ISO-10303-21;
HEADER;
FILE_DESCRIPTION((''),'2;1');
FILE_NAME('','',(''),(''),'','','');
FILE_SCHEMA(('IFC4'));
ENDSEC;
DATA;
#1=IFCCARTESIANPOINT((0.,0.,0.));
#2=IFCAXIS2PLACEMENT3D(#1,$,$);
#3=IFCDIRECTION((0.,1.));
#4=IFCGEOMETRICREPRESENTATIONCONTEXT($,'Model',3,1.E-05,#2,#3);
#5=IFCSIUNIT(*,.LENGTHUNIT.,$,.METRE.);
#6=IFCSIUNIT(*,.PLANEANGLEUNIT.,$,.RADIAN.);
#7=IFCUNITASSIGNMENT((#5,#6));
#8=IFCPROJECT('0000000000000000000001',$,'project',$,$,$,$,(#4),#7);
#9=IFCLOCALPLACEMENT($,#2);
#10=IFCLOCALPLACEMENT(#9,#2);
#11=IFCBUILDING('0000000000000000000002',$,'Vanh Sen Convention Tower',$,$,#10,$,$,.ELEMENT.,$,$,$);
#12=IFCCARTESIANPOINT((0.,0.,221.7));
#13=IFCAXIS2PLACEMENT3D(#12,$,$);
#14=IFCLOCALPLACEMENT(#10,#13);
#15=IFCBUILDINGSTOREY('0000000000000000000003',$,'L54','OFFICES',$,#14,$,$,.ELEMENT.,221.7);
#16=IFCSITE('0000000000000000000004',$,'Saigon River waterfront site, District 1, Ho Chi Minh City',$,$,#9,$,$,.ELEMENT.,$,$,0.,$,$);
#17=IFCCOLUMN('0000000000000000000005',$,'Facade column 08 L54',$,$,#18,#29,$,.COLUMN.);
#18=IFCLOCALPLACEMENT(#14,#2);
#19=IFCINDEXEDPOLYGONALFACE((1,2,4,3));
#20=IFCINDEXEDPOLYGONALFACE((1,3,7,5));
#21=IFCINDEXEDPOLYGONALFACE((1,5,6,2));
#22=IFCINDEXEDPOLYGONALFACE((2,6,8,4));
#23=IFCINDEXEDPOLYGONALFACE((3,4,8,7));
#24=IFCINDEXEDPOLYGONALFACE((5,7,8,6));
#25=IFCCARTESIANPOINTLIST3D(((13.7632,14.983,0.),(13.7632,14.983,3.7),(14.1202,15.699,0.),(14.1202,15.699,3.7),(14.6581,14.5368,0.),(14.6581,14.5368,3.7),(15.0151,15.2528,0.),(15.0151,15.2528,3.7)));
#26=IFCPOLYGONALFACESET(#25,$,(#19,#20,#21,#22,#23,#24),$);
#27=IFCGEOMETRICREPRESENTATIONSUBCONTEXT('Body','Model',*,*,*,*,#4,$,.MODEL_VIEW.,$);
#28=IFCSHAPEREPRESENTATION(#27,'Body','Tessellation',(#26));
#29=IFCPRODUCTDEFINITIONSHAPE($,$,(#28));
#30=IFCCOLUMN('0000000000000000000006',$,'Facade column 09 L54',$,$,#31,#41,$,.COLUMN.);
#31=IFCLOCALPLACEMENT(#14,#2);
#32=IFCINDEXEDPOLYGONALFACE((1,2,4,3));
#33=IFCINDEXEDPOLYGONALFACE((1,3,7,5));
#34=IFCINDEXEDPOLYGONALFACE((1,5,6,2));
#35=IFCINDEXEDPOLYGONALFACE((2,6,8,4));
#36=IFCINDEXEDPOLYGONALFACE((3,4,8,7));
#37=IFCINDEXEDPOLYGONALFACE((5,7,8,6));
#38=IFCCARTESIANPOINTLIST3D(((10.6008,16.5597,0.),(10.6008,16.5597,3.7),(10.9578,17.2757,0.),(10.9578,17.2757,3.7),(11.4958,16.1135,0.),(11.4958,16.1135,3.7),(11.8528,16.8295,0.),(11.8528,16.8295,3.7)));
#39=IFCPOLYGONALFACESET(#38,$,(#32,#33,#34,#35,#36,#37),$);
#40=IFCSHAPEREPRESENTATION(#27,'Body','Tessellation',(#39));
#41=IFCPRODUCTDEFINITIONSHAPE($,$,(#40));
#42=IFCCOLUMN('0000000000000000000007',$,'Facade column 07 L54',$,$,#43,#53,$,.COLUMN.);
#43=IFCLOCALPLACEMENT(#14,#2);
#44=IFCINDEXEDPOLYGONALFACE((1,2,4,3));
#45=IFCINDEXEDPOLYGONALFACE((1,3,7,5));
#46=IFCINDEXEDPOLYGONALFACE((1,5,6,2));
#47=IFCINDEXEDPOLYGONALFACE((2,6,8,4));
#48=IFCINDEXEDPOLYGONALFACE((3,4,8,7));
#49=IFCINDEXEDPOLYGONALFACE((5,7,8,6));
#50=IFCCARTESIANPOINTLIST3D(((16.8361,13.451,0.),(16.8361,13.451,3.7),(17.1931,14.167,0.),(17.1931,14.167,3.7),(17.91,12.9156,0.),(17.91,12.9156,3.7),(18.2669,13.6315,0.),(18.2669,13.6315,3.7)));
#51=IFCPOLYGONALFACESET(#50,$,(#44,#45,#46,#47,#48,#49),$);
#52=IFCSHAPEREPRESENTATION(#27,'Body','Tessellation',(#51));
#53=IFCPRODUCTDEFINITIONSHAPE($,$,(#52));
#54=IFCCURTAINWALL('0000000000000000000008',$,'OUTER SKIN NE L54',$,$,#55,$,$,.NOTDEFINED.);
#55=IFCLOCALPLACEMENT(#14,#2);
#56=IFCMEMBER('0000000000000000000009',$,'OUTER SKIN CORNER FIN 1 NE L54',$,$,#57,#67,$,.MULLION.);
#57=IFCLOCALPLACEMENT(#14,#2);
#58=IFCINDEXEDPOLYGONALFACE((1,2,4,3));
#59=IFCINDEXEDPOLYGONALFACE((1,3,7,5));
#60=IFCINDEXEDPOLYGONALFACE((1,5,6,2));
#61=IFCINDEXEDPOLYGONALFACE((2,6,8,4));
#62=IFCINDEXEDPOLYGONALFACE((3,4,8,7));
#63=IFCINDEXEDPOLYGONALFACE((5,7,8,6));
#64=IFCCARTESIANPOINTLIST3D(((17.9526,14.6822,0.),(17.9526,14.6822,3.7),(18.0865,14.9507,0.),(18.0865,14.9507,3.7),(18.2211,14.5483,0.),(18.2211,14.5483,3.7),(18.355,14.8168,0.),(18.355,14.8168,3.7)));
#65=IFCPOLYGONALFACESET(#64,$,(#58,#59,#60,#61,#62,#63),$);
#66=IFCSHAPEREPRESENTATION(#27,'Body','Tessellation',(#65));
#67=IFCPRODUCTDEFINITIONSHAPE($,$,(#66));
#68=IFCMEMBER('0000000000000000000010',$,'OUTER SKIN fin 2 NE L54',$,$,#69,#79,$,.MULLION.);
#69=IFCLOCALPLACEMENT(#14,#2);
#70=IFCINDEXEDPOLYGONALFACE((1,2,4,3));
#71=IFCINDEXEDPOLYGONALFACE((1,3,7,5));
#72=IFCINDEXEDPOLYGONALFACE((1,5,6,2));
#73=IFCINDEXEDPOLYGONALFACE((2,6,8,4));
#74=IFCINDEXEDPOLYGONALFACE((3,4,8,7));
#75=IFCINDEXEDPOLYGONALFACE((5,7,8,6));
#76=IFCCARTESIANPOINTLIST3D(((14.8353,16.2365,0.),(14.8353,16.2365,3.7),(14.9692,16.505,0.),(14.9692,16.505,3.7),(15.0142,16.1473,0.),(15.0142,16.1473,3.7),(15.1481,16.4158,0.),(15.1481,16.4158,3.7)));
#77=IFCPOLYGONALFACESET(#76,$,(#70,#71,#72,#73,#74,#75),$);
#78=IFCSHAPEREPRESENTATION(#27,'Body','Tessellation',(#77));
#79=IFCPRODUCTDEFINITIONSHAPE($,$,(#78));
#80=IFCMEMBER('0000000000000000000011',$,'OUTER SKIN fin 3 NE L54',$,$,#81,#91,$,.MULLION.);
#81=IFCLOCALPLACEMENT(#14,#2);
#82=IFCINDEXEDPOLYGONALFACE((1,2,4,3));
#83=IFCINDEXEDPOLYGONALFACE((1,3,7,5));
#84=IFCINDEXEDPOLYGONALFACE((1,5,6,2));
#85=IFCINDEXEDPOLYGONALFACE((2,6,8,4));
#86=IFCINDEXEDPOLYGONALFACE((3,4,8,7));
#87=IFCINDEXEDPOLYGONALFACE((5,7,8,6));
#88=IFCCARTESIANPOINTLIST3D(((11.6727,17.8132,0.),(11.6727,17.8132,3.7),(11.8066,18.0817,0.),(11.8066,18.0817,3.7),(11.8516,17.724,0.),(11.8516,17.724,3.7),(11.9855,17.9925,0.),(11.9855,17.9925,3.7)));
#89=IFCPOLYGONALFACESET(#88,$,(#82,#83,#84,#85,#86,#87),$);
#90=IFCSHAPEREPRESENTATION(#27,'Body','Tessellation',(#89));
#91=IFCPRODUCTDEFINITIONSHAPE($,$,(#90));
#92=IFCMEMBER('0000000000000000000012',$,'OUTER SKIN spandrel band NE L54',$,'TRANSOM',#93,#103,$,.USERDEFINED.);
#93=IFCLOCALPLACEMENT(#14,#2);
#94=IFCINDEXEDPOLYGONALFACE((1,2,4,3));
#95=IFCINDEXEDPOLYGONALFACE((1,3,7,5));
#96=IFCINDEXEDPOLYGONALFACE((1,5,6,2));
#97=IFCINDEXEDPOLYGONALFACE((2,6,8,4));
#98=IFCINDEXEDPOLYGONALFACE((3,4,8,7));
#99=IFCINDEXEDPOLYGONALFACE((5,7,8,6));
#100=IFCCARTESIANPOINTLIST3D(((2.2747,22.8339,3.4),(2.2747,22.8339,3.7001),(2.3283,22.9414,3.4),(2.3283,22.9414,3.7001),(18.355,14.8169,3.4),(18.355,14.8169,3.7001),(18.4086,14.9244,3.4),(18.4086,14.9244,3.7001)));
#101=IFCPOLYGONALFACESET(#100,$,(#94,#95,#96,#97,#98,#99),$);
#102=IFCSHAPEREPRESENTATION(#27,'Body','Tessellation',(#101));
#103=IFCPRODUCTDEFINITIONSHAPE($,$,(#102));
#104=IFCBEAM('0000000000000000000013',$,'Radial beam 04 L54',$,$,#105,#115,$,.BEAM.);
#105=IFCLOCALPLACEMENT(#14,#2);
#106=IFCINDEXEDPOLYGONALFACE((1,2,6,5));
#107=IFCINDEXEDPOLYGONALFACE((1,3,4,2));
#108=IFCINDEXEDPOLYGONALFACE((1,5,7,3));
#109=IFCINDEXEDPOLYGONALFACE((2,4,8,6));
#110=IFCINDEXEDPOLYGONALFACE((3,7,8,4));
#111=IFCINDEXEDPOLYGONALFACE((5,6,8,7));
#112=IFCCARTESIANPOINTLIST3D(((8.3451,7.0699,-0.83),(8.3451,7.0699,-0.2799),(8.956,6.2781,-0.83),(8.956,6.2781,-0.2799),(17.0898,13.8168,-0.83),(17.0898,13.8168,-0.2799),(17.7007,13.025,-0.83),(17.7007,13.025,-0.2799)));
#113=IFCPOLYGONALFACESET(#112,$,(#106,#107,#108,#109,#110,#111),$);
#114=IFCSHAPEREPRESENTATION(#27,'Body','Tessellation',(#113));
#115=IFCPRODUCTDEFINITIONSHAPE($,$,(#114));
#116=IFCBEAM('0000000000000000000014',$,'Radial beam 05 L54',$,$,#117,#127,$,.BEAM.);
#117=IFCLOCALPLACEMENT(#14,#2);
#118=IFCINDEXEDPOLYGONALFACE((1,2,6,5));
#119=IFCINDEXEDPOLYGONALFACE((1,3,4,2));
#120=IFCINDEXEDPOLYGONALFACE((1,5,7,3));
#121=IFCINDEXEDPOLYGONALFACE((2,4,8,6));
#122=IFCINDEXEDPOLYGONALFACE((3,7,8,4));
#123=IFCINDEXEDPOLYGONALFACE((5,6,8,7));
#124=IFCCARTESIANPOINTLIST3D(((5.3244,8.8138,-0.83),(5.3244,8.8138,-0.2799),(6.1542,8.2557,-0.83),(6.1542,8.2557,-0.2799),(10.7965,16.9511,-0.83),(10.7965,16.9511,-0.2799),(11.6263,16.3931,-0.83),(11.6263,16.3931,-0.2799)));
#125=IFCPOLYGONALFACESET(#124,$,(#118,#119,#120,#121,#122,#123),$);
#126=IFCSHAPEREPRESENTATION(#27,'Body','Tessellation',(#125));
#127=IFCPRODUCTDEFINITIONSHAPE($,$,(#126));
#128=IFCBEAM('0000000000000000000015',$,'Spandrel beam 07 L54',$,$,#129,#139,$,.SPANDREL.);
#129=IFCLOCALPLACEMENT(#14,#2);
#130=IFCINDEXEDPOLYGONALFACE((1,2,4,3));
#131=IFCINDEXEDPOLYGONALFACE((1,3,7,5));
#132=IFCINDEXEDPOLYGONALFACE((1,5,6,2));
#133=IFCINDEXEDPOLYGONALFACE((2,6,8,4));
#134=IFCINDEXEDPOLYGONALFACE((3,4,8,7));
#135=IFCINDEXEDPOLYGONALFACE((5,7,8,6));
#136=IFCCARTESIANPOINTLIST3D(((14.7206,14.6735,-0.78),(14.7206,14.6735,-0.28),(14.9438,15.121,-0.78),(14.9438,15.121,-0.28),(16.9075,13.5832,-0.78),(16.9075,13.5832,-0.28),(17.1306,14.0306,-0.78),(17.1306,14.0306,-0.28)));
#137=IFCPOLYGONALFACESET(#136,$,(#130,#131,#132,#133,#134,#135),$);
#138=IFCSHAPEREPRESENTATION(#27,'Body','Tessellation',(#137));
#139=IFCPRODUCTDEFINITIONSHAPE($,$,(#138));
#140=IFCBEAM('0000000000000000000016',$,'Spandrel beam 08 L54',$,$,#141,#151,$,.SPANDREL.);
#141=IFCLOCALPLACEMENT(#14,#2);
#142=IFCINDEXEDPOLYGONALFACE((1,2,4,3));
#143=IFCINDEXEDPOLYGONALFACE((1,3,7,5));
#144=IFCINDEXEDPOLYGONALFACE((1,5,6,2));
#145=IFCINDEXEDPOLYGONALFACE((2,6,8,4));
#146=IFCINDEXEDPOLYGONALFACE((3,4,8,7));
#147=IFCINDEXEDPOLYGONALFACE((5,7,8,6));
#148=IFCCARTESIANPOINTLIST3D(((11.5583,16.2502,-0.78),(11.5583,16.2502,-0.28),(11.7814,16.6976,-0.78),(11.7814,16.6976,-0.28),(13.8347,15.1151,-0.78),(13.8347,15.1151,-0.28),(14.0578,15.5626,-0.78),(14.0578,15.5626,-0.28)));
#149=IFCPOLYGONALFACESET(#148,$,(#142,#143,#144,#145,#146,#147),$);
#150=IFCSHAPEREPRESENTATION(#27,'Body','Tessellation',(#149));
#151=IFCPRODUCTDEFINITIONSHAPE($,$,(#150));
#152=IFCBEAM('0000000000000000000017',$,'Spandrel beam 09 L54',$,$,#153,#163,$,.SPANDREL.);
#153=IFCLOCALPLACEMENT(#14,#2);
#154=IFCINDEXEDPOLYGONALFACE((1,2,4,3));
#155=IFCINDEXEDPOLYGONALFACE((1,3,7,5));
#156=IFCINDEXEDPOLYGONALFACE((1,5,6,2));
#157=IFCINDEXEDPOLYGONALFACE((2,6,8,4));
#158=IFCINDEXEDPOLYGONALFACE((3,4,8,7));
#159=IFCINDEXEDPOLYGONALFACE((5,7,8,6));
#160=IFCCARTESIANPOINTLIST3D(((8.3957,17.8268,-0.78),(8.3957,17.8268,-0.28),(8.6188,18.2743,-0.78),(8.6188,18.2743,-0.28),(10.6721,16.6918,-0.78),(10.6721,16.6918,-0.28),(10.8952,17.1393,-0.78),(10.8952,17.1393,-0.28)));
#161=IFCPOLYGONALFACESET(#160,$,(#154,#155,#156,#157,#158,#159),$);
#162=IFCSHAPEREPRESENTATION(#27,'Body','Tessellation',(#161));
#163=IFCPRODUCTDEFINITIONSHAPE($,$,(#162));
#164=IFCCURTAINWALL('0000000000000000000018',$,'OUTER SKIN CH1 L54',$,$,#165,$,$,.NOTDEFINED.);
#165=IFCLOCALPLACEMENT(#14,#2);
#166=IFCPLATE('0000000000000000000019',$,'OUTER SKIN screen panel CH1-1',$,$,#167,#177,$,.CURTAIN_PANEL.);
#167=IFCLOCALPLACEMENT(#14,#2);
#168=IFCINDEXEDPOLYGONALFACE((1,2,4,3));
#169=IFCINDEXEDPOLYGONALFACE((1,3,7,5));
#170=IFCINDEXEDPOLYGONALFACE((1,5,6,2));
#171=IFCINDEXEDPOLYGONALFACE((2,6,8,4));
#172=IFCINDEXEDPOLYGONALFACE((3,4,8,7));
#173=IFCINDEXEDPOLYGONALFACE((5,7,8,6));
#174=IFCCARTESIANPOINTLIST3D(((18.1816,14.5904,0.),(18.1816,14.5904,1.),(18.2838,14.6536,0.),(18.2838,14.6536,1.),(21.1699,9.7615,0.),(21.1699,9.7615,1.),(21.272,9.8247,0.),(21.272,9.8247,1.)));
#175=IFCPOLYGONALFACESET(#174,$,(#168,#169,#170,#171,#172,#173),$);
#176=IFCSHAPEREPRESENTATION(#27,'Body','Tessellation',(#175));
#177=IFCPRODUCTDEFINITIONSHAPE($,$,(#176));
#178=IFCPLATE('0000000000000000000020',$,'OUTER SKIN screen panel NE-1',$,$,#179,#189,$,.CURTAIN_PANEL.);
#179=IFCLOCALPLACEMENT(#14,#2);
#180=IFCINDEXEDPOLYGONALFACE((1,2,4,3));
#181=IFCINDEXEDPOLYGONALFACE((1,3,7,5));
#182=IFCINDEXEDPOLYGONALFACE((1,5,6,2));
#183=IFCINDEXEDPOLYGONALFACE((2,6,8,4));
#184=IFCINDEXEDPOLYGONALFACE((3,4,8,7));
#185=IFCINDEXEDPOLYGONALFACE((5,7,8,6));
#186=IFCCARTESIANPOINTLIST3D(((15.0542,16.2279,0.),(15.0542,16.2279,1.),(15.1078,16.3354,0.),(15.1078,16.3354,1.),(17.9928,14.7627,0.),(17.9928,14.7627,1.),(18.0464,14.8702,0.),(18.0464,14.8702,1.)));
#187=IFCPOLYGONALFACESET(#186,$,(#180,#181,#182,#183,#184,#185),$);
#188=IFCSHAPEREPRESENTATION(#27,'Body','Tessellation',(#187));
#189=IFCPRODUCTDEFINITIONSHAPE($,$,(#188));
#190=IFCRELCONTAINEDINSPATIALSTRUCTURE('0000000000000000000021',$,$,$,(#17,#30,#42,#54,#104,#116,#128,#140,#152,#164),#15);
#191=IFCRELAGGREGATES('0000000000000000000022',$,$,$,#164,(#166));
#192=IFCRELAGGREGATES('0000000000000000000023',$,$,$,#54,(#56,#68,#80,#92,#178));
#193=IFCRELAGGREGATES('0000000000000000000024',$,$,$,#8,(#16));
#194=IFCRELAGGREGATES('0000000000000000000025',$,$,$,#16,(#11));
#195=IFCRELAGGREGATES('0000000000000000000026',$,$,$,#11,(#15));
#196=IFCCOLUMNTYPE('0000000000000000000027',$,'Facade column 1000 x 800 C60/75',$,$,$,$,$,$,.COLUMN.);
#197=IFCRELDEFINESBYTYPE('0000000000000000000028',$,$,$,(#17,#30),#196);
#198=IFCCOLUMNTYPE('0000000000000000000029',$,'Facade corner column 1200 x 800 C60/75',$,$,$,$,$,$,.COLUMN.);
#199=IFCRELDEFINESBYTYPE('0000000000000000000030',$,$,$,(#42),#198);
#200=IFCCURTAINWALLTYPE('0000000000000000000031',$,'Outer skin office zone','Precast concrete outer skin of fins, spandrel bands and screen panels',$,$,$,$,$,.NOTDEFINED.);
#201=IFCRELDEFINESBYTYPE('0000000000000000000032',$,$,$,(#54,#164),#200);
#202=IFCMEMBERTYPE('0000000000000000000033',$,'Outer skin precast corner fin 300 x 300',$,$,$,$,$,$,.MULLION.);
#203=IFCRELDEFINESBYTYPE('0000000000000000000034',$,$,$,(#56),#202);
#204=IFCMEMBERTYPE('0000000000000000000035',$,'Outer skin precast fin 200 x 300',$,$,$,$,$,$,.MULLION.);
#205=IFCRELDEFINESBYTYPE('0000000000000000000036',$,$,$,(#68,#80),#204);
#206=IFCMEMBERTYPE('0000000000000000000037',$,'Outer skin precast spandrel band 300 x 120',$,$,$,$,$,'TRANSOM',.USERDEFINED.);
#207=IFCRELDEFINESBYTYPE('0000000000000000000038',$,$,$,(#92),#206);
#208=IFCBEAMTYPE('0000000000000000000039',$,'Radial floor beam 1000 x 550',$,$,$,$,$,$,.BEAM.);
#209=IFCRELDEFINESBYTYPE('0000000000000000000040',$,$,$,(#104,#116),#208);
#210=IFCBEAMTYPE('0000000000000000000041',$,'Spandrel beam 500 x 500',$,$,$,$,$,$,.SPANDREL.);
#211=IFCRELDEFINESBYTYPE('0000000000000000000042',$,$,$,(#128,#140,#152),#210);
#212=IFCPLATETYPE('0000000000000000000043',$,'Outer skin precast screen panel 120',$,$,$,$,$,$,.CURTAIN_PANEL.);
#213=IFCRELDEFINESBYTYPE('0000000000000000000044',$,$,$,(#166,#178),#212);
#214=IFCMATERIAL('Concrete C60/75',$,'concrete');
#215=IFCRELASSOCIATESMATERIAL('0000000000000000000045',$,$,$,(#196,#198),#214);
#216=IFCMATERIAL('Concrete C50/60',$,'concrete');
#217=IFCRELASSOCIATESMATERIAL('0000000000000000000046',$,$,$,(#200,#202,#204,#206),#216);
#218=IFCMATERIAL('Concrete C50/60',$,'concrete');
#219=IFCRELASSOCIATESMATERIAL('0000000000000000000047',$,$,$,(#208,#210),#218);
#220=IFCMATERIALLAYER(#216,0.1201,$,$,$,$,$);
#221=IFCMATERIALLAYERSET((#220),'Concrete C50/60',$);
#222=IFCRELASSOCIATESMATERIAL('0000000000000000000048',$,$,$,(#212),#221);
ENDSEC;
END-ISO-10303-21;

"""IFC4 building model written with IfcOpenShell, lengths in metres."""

from ifc_helpers import new_model, si_unit, direction, frame, origin, origin_2d, place, context, subcontext, project, spatial, rectangle, extrude, material, layer, layer_set, material_profile, profile_set, type_object, element, aggregate, save


model = new_model("IFC4")

# Units and contexts
model_context = context("Model", 3, precision=1e-05, world=origin(), true_north=direction((0.0, 1.0)))
body_context = subcontext(model_context, "Body", "Model", "MODEL_VIEW")
ifc_project = project(units=[si_unit("LENGTHUNIT", "METRE"), si_unit("PLANEANGLEUNIT", "RADIAN")], contexts=[model_context])

# Site, building, storey
site_placement = place(None, origin())
site = spatial("IfcSite", under=ifc_project, at=site_placement, Name="Saigon River waterfront site, District 1, Ho Chi Minh City", CompositionType="ELEMENT", RefElevation=0.0)
building_placement = place(site_placement, origin())
building = spatial("IfcBuilding", under=site, at=building_placement, Name="Vanh Sen Convention Tower", CompositionType="ELEMENT")
storey_placement = place(building_placement, frame((0.0, 0.0, 221.7)))
storey = spatial("IfcBuildingStorey", under=building, at=storey_placement, Name="L54", Description="OFFICES", CompositionType="ELEMENT", Elevation=221.7)

# Columns
ifc_material_1 = material(Name="Concrete C60/75", Category="concrete")
ifc_material_profile_1 = material_profile(ifc_material_1, rectangle(XDim=1.0, YDim=0.8, at=origin_2d()), Name="RC 1000X800")
ifc_profile_set_1 = profile_set([ifc_material_profile_1], Name="Concrete C60/75")
column_type_1 = type_object("IfcColumnType", Name="Facade column 1000 x 800 C60/75", PredefinedType="COLUMN", material=ifc_profile_set_1)
for number, where, z_axis, x_axis, name in (
    (1, (14.3892, 15.1179, 0.0), (0.0, 0.0, 1.0), (-0.894934, 0.446198, 0.0), "Facade column 08 L54"),
    (2, (11.2268, 16.6946, 0.0), (0.0, 0.0, 1.0), (-0.894934, 0.446198, 0.0), "Facade column 09 L54"),
):
    element("IfcColumn", number, at=place(storey_placement, frame(where, z_axis=z_axis, x_axis=x_axis)), inside=storey, type_object=column_type_1, Name=name, PredefinedType="COLUMN", context=body_context, shape_type="SweptSolid", body=[
        extrude(rectangle(XDim=1.0, YDim=0.8, at=origin_2d()), origin(), (0.0, 0.0, 1.0), 3.7),
    ])
ifc_material_profile_2 = material_profile(ifc_material_1, rectangle(XDim=1.2, YDim=0.8, at=origin_2d()), Name="RC 1200X800")
ifc_profile_set_2 = profile_set([ifc_material_profile_2], Name="Concrete C60/75")
column_type_2 = type_object("IfcColumnType", Name="Facade corner column 1200 x 800 C60/75", PredefinedType="COLUMN", material=ifc_profile_set_2)
column_placement = place(storey_placement, frame((17.5515, 13.5413, 0.0), z_axis=(0.0, 0.0, 1.0), x_axis=(-0.894934, 0.446198, 0.0)))
element("IfcColumn", 3, at=column_placement, inside=storey, type_object=column_type_2, Name="Facade column 07 L54", PredefinedType="COLUMN", context=body_context, shape_type="SweptSolid", body=[
    extrude(rectangle(XDim=1.2, YDim=0.8, at=origin_2d()), origin(), (0.0, 0.0, 1.0), 3.7),
])

# Curtain wall, members
ifc_material_2 = material(Name="Concrete C50/60", Category="concrete")
curtain_wall_type = type_object("IfcCurtainWallType", Name="Outer skin office zone", Description="Precast concrete outer skin of fins, spandrel bands and screen panels", PredefinedType="NOTDEFINED", material=ifc_material_2)
curtain_wall_1_placement = place(storey_placement, origin())
curtain_wall_1 = element("IfcCurtainWall", 4, at=curtain_wall_1_placement, inside=storey, type_object=curtain_wall_type, Name="OUTER SKIN NE L54", PredefinedType="NOTDEFINED")
ifc_material_profile_3 = material_profile(ifc_material_2, rectangle(XDim=0.3, YDim=0.3, at=origin_2d()), Name="Outer skin precast corner fin 300 x 300")
ifc_profile_set_3 = profile_set([ifc_material_profile_3], Name="Concrete C50/60")
member_type_1 = type_object("IfcMemberType", Name="Outer skin precast corner fin 300 x 300", PredefinedType="MULLION", material=ifc_profile_set_3)
member_1_placement = place(storey_placement, frame((18.1538, 14.7495, 0.0), z_axis=(0.0, 0.0, 1.0), x_axis=(-0.894934, 0.446198, 0.0)))
member_1 = element("IfcMember", 5, at=member_1_placement, type_object=member_type_1, Name="OUTER SKIN CORNER FIN 1 NE L54", PredefinedType="MULLION", context=body_context, shape_type="SweptSolid", body=[
    extrude(rectangle(XDim=0.3, YDim=0.3, at=origin_2d()), origin(), (0.0, 0.0, 1.0), 3.7),
])
ifc_material_profile_4 = material_profile(ifc_material_2, rectangle(XDim=0.2, YDim=0.3, at=origin_2d()), Name="Outer skin precast fin 200 x 300")
ifc_profile_set_4 = profile_set([ifc_material_profile_4], Name="Concrete C50/60")
member_type_2 = type_object("IfcMemberType", Name="Outer skin precast fin 200 x 300", PredefinedType="MULLION", material=ifc_profile_set_4)
member_2_placement = place(storey_placement, frame((14.9917, 16.3262, 0.0), z_axis=(0.0, 0.0, 1.0), x_axis=(-0.894934, 0.446198, 0.0)))
member_2 = element("IfcMember", 6, at=member_2_placement, type_object=member_type_2, Name="OUTER SKIN fin 2 NE L54", PredefinedType="MULLION", context=body_context, shape_type="SweptSolid", body=[
    extrude(rectangle(XDim=0.2, YDim=0.3, at=origin_2d()), origin(), (0.0, 0.0, 1.0), 3.7),
])
member_3_placement = place(storey_placement, frame((11.8291, 17.9028, 0.0), z_axis=(0.0, 0.0, 1.0), x_axis=(-0.894934, 0.446198, 0.0)))
member_3 = element("IfcMember", 7, at=member_3_placement, type_object=member_type_2, Name="OUTER SKIN fin 3 NE L54", PredefinedType="MULLION", context=body_context, shape_type="SweptSolid", body=[
    extrude(rectangle(XDim=0.2, YDim=0.3, at=origin_2d()), origin(), (0.0, 0.0, 1.0), 3.7),
])
ifc_material_profile_5 = material_profile(ifc_material_2, rectangle(XDim=0.1201, YDim=0.3, at=origin_2d()), Name="Outer skin precast spandrel band 300 x 120")
ifc_profile_set_5 = profile_set([ifc_material_profile_5], Name="Concrete C50/60")
member_type_3 = type_object("IfcMemberType", Name="Outer skin precast spandrel band 300 x 120", ElementType="TRANSOM", PredefinedType="USERDEFINED", material=ifc_profile_set_5)
member_4_placement = place(storey_placement, frame((18.3818, 14.8706, 3.55), z_axis=(-0.89494, 0.446186, 0.0), x_axis=(-0.446186, -0.89494, 0.0)))
member_4 = element("IfcMember", 8, at=member_4_placement, type_object=member_type_3, Name="OUTER SKIN spandrel band NE L54", ObjectType="TRANSOM", PredefinedType="USERDEFINED", context=body_context, shape_type="SweptSolid", body=[
    extrude(rectangle(XDim=0.1201, YDim=0.3, at=origin_2d()), origin(), (0.0, 0.0, 1.0), 17.968),
])

# Beams
ifc_material_3 = material(Name="Concrete C50/60", Category="concrete")
ifc_material_profile_6 = material_profile(ifc_material_3, rectangle(XDim=1.0, YDim=0.55, at=origin_2d()), Name="RC 1000X550")
ifc_profile_set_6 = profile_set([ifc_material_profile_6], Name="Concrete C50/60")
beam_type_1 = type_object("IfcBeamType", Name="Radial floor beam 1000 x 550", PredefinedType="BEAM", material=ifc_profile_set_6)
beam_1_placement = place(storey_placement, frame((17.3953, 13.4209, -0.5549), z_axis=(-0.79174, -0.610858, 0.0), x_axis=(0.610858, -0.79174, 0.0)))
element("IfcBeam", 9, at=beam_1_placement, inside=storey, type_object=beam_type_1, Name="Radial beam 04 L54", PredefinedType="BEAM", context=body_context, shape_type="SweptSolid", body=[
    extrude(rectangle(XDim=1.0, YDim=0.55, at=origin_2d()), origin(), (0.0, 0.0, 1.0), 11.0449),
])
beam_2_placement = place(storey_placement, frame((11.2114, 16.6721, -0.5549), z_axis=(-0.558028, -0.829822, 0.0), x_axis=(0.829822, -0.558028, 0.0)))
element("IfcBeam", 10, at=beam_2_placement, inside=storey, type_object=beam_type_1, Name="Radial beam 05 L54", PredefinedType="BEAM", context=body_context, shape_type="SweptSolid", body=[
    extrude(rectangle(XDim=1.0, YDim=0.55, at=origin_2d()), origin(), (0.0, 0.0, 1.0), 9.8062),
])
ifc_material_profile_7 = material_profile(ifc_material_3, rectangle(XDim=0.5, YDim=0.5, at=origin_2d()), Name="RC 500X500")
ifc_profile_set_7 = profile_set([ifc_material_profile_7], Name="Concrete C50/60")
beam_type_2 = type_object("IfcBeamType", Name="Spandrel beam 500 x 500", PredefinedType="SPANDREL", material=ifc_profile_set_7)
beam_3_placement = place(storey_placement, frame((17.019, 13.8069, -0.53), z_axis=(-0.894926, 0.446214, 0.0), x_axis=(-0.446214, -0.894926, 0.0)))
element("IfcBeam", 11, at=beam_3_placement, inside=storey, type_object=beam_type_2, Name="Spandrel beam 07 L54", PredefinedType="SPANDREL", context=body_context, shape_type="SweptSolid", body=[
    extrude(rectangle(XDim=0.5, YDim=0.5, at=origin_2d()), origin(), (0.0, 0.0, 1.0), 2.4436),
])
for number, where, z_axis, x_axis, name in (
    (12, (13.9463, 15.3389, -0.53), (-0.894926, 0.446215, 0.0), (-0.446215, -0.894926, 0.0), "Spandrel beam 08 L54"),
    (13, (10.7837, 16.9155, -0.53), (-0.894926, 0.446215, 0.0), (-0.446215, -0.894926, 0.0), "Spandrel beam 09 L54"),
):
    element("IfcBeam", number, at=place(storey_placement, frame(where, z_axis=z_axis, x_axis=x_axis)), inside=storey, type_object=beam_type_2, Name=name, PredefinedType="SPANDREL", context=body_context, shape_type="SweptSolid", body=[
        extrude(rectangle(XDim=0.5, YDim=0.5, at=origin_2d()), origin(), (0.0, 0.0, 1.0), 2.5437),
    ])

# Curtain wall, plate
curtain_wall_2_placement = place(storey_placement, origin())
curtain_wall_2 = element("IfcCurtainWall", 14, at=curtain_wall_2_placement, inside=storey, type_object=curtain_wall_type, Name="OUTER SKIN CH1 L54", PredefinedType="NOTDEFINED")
ifc_layer_1 = layer(ifc_material_2, 0.1201)
ifc_layer_set_1 = layer_set([ifc_layer_1], Name="Concrete C50/60")
plate_type = type_object("IfcPlateType", Name="Outer skin precast screen panel 120", PredefinedType="CURTAIN_PANEL", material=ifc_layer_set_1)
plate_1_placement = place(storey_placement, frame((19.7268, 12.2075, 0.0), z_axis=(0.0, 0.0, 1.0), x_axis=(-0.526217, 0.85035, 0.0)))
plate_1 = element("IfcPlate", 15, at=plate_1_placement, type_object=plate_type, Name="OUTER SKIN screen panel CH1-1", PredefinedType="CURTAIN_PANEL", context=body_context, shape_type="SweptSolid", body=[
    extrude(rectangle(XDim=5.6787, YDim=0.1201, at=origin_2d()), origin(), (0.0, 0.0, 1.0), 1.0),
])
aggregate(curtain_wall_2, [plate_1])

# Plate
plate_2_placement = place(storey_placement, frame((16.5503, 15.5491, 0.0), z_axis=(0.0, 0.0, 1.0), x_axis=(-0.89493, 0.446206, 0.0)))
plate_2 = element("IfcPlate", 16, at=plate_2_placement, type_object=plate_type, Name="OUTER SKIN screen panel NE-1", PredefinedType="CURTAIN_PANEL", context=body_context, shape_type="SweptSolid", body=[
    extrude(rectangle(XDim=3.2837, YDim=0.1201, at=origin_2d()), origin(), (0.0, 0.0, 1.0), 1.0),
])
aggregate(curtain_wall_1, [member_1, member_2, member_3, member_4, plate_2])

save(model, "model.ifc")
